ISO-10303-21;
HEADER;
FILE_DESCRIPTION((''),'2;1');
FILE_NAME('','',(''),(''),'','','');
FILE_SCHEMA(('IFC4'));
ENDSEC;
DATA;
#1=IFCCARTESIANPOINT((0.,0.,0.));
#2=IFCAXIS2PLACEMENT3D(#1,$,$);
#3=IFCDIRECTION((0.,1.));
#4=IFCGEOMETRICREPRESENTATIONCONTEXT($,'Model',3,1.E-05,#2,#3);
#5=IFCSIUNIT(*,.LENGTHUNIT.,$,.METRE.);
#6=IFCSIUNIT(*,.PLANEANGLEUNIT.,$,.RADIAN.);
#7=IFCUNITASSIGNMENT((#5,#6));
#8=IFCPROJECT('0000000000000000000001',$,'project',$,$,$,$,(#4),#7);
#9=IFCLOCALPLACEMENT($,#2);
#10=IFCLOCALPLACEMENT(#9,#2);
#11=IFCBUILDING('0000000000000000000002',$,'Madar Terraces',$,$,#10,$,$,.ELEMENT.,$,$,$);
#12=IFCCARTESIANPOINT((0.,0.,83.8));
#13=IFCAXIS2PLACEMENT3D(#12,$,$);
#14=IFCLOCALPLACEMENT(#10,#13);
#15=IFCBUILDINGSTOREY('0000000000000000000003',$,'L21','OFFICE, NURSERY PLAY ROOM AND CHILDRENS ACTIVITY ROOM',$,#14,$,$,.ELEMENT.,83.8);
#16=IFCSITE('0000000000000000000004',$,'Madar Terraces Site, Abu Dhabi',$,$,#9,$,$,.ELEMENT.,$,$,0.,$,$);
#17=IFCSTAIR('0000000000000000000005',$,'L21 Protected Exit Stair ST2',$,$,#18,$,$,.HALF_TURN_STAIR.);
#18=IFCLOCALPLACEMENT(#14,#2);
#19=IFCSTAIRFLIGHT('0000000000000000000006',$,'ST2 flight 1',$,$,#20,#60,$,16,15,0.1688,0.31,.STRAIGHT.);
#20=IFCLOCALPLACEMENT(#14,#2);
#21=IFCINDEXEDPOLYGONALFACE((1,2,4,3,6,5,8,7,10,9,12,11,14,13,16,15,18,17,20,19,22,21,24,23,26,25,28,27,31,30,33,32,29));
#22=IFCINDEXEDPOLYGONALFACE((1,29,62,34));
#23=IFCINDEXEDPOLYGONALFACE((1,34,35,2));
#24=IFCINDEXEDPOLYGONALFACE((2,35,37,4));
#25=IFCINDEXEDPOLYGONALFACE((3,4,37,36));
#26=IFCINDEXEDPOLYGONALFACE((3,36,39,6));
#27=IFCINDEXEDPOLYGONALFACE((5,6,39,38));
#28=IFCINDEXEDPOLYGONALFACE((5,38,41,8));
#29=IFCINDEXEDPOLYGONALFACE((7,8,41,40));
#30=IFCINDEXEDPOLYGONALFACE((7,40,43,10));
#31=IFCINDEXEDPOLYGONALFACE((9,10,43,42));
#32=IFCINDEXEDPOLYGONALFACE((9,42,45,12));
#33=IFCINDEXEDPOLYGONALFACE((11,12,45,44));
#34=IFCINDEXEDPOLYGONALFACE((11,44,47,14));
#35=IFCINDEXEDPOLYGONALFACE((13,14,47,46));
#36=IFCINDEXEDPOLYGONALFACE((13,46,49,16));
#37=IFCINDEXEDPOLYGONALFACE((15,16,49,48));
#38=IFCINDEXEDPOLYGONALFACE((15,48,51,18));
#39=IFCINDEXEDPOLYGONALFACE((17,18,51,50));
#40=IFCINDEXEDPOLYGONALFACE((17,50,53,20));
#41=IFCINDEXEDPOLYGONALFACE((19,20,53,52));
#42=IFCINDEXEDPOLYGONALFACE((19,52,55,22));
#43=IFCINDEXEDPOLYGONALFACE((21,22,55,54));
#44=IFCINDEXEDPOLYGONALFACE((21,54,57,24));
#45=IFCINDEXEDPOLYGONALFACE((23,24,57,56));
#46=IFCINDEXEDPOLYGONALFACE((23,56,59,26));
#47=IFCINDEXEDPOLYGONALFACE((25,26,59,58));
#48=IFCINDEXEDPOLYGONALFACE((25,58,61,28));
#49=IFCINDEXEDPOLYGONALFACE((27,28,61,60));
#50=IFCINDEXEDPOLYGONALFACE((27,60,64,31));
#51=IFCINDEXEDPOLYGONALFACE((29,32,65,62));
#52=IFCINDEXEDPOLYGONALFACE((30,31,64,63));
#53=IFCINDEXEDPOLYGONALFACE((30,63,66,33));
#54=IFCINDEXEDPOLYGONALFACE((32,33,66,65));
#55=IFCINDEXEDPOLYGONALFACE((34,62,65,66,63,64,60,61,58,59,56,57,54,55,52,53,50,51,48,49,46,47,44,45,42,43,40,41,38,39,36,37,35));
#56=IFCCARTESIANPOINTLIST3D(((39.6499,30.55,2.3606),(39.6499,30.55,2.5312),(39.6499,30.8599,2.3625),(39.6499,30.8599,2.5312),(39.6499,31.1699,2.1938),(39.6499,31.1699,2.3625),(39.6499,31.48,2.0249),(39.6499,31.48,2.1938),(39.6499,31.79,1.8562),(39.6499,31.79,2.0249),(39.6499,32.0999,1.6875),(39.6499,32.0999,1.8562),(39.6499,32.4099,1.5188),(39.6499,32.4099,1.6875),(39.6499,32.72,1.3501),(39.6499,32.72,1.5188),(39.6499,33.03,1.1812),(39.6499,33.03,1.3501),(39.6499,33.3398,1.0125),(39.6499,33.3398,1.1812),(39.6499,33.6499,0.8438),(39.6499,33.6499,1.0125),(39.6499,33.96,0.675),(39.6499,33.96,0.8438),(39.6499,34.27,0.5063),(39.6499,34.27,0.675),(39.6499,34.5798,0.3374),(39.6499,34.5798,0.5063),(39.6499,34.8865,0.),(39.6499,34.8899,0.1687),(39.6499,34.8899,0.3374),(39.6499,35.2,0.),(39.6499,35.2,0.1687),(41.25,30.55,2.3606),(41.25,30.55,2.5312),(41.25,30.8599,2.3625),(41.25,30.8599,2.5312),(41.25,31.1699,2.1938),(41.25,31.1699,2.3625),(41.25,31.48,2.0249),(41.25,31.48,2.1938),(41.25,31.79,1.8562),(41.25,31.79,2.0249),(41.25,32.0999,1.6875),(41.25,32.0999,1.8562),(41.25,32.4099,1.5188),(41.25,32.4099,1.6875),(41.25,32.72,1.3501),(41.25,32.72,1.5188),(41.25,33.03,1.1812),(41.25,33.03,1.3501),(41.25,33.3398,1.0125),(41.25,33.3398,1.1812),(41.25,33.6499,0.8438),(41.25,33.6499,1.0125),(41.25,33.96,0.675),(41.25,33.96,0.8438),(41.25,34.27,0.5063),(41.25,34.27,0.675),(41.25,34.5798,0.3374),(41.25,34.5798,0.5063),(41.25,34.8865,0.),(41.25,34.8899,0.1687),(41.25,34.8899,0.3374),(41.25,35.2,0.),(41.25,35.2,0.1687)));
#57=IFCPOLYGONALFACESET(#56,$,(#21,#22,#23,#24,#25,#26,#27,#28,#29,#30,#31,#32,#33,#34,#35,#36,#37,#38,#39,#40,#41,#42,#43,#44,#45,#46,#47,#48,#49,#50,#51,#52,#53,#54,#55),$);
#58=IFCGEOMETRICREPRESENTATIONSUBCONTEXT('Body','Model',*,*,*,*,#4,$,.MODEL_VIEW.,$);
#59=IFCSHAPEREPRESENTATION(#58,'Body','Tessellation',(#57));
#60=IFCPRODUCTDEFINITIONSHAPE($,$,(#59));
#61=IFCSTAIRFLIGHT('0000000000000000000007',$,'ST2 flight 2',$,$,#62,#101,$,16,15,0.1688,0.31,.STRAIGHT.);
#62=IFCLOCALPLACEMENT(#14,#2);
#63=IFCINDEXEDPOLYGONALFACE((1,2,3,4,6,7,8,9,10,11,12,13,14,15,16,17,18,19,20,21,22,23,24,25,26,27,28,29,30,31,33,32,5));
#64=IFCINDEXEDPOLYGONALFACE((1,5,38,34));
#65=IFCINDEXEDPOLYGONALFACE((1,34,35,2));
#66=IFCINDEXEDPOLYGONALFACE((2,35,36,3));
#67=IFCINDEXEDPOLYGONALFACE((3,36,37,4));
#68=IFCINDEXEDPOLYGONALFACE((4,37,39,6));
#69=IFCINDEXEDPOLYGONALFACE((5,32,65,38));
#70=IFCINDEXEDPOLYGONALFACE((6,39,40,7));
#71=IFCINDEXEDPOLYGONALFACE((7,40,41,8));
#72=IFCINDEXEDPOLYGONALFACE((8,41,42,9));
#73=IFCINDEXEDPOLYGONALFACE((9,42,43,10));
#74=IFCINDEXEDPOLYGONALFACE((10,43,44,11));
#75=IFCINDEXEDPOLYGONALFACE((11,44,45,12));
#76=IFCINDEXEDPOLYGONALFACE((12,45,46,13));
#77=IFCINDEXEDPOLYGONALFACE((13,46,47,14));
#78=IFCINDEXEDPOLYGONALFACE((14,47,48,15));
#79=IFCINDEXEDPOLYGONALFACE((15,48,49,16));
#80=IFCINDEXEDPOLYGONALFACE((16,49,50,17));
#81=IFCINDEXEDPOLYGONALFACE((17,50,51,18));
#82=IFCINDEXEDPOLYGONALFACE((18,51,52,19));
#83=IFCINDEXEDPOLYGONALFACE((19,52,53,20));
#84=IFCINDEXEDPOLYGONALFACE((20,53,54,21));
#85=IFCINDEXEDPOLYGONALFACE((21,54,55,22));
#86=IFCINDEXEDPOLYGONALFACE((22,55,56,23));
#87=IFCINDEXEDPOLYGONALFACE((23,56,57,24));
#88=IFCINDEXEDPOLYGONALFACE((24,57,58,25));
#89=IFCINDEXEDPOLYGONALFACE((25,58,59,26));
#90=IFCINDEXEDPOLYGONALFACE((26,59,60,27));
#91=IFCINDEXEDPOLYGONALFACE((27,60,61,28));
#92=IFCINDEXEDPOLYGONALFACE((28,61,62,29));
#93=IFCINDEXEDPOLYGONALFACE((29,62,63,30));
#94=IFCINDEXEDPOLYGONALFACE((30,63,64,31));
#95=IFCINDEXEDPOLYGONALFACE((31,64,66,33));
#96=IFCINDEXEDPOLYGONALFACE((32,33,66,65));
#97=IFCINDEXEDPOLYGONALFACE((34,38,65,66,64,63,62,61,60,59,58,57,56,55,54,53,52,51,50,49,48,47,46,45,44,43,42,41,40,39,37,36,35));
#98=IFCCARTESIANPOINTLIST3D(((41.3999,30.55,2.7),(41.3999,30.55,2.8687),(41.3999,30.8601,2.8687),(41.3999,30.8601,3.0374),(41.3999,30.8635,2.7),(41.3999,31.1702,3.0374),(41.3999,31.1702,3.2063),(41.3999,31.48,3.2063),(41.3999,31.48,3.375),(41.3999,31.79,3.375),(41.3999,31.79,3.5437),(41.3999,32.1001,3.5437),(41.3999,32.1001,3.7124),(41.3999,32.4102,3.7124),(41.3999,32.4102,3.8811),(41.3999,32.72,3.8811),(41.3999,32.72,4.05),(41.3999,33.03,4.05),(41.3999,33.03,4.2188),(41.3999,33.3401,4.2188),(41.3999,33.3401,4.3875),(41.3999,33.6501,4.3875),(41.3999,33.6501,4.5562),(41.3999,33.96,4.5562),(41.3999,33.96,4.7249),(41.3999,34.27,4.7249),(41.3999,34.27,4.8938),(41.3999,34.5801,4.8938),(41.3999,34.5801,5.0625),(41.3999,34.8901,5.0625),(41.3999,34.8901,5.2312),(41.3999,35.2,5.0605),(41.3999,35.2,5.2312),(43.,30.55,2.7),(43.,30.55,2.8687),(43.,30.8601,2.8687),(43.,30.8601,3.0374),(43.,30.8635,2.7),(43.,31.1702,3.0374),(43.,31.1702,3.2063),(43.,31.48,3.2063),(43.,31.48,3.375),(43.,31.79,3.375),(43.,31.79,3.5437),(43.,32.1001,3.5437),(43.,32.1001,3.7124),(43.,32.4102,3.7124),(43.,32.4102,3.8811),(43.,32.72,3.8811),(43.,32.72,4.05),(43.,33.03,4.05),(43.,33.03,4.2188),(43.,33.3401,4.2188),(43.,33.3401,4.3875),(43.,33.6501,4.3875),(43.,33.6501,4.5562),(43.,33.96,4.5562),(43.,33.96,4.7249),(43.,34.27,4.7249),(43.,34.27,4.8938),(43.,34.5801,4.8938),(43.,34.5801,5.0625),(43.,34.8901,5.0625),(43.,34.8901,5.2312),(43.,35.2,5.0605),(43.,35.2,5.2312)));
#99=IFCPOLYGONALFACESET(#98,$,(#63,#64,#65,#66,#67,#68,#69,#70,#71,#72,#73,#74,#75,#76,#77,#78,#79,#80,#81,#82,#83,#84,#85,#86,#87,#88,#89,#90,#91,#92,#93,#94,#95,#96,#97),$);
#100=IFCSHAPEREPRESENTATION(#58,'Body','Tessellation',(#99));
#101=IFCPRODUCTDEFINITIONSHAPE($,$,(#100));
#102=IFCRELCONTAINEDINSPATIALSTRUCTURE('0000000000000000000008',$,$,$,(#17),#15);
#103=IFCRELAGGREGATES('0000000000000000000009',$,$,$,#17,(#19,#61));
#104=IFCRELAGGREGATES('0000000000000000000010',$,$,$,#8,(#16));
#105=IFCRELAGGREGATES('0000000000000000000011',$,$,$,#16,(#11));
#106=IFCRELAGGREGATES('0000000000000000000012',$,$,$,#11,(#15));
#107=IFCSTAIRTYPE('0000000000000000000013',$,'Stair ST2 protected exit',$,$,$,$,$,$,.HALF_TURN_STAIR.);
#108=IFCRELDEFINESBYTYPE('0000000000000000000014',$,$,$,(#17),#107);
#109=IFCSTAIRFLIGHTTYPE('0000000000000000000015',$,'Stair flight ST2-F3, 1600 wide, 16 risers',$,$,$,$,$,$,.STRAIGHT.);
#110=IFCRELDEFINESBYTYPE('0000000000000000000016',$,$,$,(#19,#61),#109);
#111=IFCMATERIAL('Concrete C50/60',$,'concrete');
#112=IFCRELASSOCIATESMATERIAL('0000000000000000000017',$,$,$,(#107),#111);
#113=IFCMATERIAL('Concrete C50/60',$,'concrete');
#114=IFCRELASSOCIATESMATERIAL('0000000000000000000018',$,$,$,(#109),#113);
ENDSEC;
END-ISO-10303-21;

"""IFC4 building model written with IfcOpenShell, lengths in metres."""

from ifc_helpers import new_model, si_unit, direction, frame, origin, place, context, subcontext, project, spatial, polyline, outline, extrude, material, type_object, element, aggregate, save


model = new_model("IFC4")

# Units and contexts
model_context = context("Model", 3, precision=1e-05, world=origin(), true_north=direction((0.0, 1.0)))
body_context = subcontext(model_context, "Body", "Model", "MODEL_VIEW")
ifc_project = project(units=[si_unit("LENGTHUNIT", "METRE"), si_unit("PLANEANGLEUNIT", "RADIAN")], contexts=[model_context])

# Site, building, storey
site_placement = place(None, origin())
site = spatial("IfcSite", under=ifc_project, at=site_placement, Name="Madar Terraces Site, Abu Dhabi", CompositionType="ELEMENT", RefElevation=0.0)
building_placement = place(site_placement, origin())
building = spatial("IfcBuilding", under=site, at=building_placement, Name="Madar Terraces", CompositionType="ELEMENT")
storey_placement = place(building_placement, frame((0.0, 0.0, 83.8)))
storey = spatial("IfcBuildingStorey", under=building, at=storey_placement, Name="L21", Description="OFFICE, NURSERY PLAY ROOM AND CHILDRENS ACTIVITY ROOM", CompositionType="ELEMENT", Elevation=83.8)

# Stair, stair flights
ifc_material_1 = material(Name="Concrete C50/60", Category="concrete")
stair_type = type_object("IfcStairType", Name="Stair ST2 protected exit", PredefinedType="HALF_TURN_STAIR", material=ifc_material_1)
stair_placement = place(storey_placement, origin())
stair = element("IfcStair", 1, at=stair_placement, inside=storey, type_object=stair_type, Name="L21 Protected Exit Stair ST2", PredefinedType="HALF_TURN_STAIR")
ifc_material_2 = material(Name="Concrete C50/60", Category="concrete")
stair_flight_type = type_object("IfcStairFlightType", Name="Stair flight ST2-F3, 1600 wide, 16 risers", PredefinedType="STRAIGHT", material=ifc_material_2)
stair_flight_1_placement = place(storey_placement, frame((40.45, 35.2, 0.0), z_axis=(0.0, 0.0, 1.0), x_axis=(0.0, -1.0, 0.0)))
stair_flight_1 = element("IfcStairFlight", 2, at=stair_flight_1_placement, type_object=stair_flight_type, Name="ST2 flight 1", NumberOfRisers=16, NumberOfTreads=15, PredefinedType="STRAIGHT", RiserHeight=0.1688, TreadLength=0.31, context=body_context, shape_type="SweptSolid", body=[
    extrude(outline(polyline([(0.0, 0.0), (0.0, 0.1687), (0.3101, 0.1687), (0.3101, 0.3374), (0.6201, 0.3374), (0.6201, 0.5063), (0.9299, 0.5063), (0.9299, 0.675), (1.24, 0.675), (1.24, 0.8438), (1.55, 0.8438), (1.55, 1.0125), (1.8601, 1.0125), (1.8601, 1.1812), (2.1699, 1.1812), (2.1699, 1.3501), (2.48, 1.3501), (2.48, 1.5188), (2.79, 1.5188), (2.79, 1.6875), (3.1001, 1.6875), (3.1001, 1.8562), (3.4099, 1.8562), (3.4099, 2.0249), (3.72, 2.0249), (3.72, 2.1938), (4.03, 2.1938), (4.03, 2.3625), (4.3401, 2.3625), (4.3401, 2.5312), (4.6499, 2.5312), (4.6499, 2.7), (4.6499, 2.3606), (0.3135, 0.0), (0.0, 0.0)])), frame((0.0, 0.8, 0.0), z_axis=(0.0, -1.0, 0.0), x_axis=(1.0, 0.0, 0.0)), (0.0, 0.0, 1.0), 1.6001),
])
stair_flight_2_placement = place(storey_placement, frame((42.2, 30.55, 2.7), z_axis=(0.0, 0.0, 1.0), x_axis=(0.0, 1.0, 0.0)))
stair_flight_2 = element("IfcStairFlight", 3, at=stair_flight_2_placement, type_object=stair_flight_type, Name="ST2 flight 2", NumberOfRisers=16, NumberOfTreads=15, PredefinedType="STRAIGHT", RiserHeight=0.1688, TreadLength=0.31, context=body_context, shape_type="SweptSolid", body=[
    extrude(outline(polyline([(0.0, 0.0), (0.0, 0.1687), (0.3101, 0.1687), (0.3101, 0.3374), (0.6201, 0.3374), (0.6201, 0.5063), (0.9299, 0.5063), (0.9299, 0.675), (1.24, 0.675), (1.24, 0.8438), (1.55, 0.8438), (1.55, 1.0125), (1.8601, 1.0125), (1.8601, 1.1812), (2.1699, 1.1812), (2.1699, 1.3501), (2.48, 1.3501), (2.48, 1.5188), (2.79, 1.5188), (2.79, 1.6875), (3.1001, 1.6875), (3.1001, 1.8562), (3.4099, 1.8562), (3.4099, 2.0249), (3.72, 2.0249), (3.72, 2.1938), (4.03, 2.1938), (4.03, 2.3625), (4.3401, 2.3625), (4.3401, 2.5312), (4.6499, 2.5312), (4.6499, 2.7), (4.6499, 2.3606), (0.3135, 0.0), (0.0, 0.0)])), frame((0.0, 0.8, 0.0), z_axis=(0.0, -1.0, 0.0), x_axis=(1.0, 0.0, 0.0)), (0.0, 0.0, 1.0), 1.6001),
])
aggregate(stair, [stair_flight_1, stair_flight_2])

save(model, "model.ifc")
